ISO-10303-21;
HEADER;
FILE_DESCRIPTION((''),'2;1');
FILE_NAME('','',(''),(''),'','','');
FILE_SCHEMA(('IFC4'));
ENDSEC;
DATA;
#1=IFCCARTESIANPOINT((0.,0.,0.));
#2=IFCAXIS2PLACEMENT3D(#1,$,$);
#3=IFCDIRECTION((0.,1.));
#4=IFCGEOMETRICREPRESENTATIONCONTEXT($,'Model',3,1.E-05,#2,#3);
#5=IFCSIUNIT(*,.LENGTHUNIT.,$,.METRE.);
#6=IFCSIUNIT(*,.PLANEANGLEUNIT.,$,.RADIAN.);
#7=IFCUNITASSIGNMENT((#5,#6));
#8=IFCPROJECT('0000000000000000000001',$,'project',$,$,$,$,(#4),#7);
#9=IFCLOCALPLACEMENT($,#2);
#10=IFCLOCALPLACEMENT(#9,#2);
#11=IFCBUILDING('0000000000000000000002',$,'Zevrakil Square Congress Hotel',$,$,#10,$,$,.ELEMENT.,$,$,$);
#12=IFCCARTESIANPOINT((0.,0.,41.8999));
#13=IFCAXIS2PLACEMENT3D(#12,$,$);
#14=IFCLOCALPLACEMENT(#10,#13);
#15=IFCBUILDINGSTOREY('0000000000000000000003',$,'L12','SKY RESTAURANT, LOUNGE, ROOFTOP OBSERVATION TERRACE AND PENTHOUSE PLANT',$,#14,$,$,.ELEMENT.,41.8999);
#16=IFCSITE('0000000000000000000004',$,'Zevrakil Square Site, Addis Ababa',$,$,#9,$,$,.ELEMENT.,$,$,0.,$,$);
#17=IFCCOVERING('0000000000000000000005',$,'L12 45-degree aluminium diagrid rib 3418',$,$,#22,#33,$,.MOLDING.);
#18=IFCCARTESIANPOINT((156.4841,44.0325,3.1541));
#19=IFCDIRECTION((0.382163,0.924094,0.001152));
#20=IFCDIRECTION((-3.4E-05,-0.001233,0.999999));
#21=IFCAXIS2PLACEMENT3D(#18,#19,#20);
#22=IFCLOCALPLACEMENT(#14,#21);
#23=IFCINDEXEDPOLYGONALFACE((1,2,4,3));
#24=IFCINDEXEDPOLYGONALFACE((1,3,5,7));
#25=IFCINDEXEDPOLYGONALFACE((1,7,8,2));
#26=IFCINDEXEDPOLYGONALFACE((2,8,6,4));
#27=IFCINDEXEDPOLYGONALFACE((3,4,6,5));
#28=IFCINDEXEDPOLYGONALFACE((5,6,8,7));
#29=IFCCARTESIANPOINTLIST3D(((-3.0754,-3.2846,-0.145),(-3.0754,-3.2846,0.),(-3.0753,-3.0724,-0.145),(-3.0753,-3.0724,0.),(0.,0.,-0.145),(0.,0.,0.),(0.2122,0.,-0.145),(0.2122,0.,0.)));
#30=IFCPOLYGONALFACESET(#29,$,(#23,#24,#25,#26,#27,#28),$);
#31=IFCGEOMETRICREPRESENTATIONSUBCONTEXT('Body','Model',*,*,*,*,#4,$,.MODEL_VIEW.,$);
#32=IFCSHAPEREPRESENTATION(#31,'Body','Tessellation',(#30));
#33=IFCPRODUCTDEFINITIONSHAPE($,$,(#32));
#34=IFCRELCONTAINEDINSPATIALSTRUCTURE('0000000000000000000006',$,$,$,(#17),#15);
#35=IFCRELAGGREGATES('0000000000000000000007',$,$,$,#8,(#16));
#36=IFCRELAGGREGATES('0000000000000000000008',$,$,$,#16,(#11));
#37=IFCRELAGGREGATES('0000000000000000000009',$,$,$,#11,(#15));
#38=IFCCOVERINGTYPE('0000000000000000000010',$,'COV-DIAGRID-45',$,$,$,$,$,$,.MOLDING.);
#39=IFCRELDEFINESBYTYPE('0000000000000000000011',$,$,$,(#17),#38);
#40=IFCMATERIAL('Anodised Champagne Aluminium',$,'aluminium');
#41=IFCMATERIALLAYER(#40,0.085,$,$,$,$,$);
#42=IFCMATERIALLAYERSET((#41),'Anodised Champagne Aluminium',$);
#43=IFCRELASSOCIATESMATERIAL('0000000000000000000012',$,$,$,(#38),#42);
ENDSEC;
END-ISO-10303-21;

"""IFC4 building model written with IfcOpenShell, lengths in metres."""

from ifc_helpers import new_model, si_unit, direction, frame, origin, place, context, subcontext, project, spatial, polyline, outline, extrude, material, layer, layer_set, type_object, element, save


model = new_model("IFC4")

# Units and contexts
model_context = context("Model", 3, precision=1e-05, world=origin(), true_north=direction((0.0, 1.0)))
body_context = subcontext(model_context, "Body", "Model", "MODEL_VIEW")
ifc_project = project(units=[si_unit("LENGTHUNIT", "METRE"), si_unit("PLANEANGLEUNIT", "RADIAN")], contexts=[model_context])

# Site, building, storey
site_placement = place(None, origin())
site = spatial("IfcSite", under=ifc_project, at=site_placement, Name="Zevrakil Square Site, Addis Ababa", CompositionType="ELEMENT", RefElevation=0.0)
building_placement = place(site_placement, origin())
building = spatial("IfcBuilding", under=site, at=building_placement, Name="Zevrakil Square Congress Hotel", CompositionType="ELEMENT")
storey_placement = place(building_placement, frame((0.0, 0.0, 41.8999)))
storey = spatial("IfcBuildingStorey", under=building, at=storey_placement, Name="L12", Description="SKY RESTAURANT, LOUNGE, ROOFTOP OBSERVATION TERRACE AND PENTHOUSE PLANT", CompositionType="ELEMENT", Elevation=41.8999)

# Covering
ifc_material_1 = material(Name="Anodised Champagne Aluminium", Category="aluminium")
ifc_layer_1 = layer(ifc_material_1, 0.085)
ifc_layer_set_1 = layer_set([ifc_layer_1], Name="Anodised Champagne Aluminium")
covering_type_1 = type_object("IfcCoveringType", Name="COV-DIAGRID-45", PredefinedType="MOLDING", material=ifc_layer_set_1)
covering_1_placement = place(storey_placement, frame((156.4841, 44.0325, 3.1541), z_axis=(0.382163, 0.924094, 0.001152), x_axis=(-0.000034, -0.001233, 0.999999)))
element("IfcCovering", 1, at=covering_1_placement, inside=storey, type_object=covering_type_1, Name="L12 45-degree aluminium diagrid rib 3418", PredefinedType="MOLDING", context=body_context, shape_type="SweptSolid", body=[
    extrude(outline(polyline([(0.0, 0.0), (0.2122, 0.0), (-3.0754, -3.2846), (-3.0753, -3.0724), (0.0, 0.0)])), origin(), (0.0, 0.0, -1.0), 0.145),
])

save(model, "model.ifc")
